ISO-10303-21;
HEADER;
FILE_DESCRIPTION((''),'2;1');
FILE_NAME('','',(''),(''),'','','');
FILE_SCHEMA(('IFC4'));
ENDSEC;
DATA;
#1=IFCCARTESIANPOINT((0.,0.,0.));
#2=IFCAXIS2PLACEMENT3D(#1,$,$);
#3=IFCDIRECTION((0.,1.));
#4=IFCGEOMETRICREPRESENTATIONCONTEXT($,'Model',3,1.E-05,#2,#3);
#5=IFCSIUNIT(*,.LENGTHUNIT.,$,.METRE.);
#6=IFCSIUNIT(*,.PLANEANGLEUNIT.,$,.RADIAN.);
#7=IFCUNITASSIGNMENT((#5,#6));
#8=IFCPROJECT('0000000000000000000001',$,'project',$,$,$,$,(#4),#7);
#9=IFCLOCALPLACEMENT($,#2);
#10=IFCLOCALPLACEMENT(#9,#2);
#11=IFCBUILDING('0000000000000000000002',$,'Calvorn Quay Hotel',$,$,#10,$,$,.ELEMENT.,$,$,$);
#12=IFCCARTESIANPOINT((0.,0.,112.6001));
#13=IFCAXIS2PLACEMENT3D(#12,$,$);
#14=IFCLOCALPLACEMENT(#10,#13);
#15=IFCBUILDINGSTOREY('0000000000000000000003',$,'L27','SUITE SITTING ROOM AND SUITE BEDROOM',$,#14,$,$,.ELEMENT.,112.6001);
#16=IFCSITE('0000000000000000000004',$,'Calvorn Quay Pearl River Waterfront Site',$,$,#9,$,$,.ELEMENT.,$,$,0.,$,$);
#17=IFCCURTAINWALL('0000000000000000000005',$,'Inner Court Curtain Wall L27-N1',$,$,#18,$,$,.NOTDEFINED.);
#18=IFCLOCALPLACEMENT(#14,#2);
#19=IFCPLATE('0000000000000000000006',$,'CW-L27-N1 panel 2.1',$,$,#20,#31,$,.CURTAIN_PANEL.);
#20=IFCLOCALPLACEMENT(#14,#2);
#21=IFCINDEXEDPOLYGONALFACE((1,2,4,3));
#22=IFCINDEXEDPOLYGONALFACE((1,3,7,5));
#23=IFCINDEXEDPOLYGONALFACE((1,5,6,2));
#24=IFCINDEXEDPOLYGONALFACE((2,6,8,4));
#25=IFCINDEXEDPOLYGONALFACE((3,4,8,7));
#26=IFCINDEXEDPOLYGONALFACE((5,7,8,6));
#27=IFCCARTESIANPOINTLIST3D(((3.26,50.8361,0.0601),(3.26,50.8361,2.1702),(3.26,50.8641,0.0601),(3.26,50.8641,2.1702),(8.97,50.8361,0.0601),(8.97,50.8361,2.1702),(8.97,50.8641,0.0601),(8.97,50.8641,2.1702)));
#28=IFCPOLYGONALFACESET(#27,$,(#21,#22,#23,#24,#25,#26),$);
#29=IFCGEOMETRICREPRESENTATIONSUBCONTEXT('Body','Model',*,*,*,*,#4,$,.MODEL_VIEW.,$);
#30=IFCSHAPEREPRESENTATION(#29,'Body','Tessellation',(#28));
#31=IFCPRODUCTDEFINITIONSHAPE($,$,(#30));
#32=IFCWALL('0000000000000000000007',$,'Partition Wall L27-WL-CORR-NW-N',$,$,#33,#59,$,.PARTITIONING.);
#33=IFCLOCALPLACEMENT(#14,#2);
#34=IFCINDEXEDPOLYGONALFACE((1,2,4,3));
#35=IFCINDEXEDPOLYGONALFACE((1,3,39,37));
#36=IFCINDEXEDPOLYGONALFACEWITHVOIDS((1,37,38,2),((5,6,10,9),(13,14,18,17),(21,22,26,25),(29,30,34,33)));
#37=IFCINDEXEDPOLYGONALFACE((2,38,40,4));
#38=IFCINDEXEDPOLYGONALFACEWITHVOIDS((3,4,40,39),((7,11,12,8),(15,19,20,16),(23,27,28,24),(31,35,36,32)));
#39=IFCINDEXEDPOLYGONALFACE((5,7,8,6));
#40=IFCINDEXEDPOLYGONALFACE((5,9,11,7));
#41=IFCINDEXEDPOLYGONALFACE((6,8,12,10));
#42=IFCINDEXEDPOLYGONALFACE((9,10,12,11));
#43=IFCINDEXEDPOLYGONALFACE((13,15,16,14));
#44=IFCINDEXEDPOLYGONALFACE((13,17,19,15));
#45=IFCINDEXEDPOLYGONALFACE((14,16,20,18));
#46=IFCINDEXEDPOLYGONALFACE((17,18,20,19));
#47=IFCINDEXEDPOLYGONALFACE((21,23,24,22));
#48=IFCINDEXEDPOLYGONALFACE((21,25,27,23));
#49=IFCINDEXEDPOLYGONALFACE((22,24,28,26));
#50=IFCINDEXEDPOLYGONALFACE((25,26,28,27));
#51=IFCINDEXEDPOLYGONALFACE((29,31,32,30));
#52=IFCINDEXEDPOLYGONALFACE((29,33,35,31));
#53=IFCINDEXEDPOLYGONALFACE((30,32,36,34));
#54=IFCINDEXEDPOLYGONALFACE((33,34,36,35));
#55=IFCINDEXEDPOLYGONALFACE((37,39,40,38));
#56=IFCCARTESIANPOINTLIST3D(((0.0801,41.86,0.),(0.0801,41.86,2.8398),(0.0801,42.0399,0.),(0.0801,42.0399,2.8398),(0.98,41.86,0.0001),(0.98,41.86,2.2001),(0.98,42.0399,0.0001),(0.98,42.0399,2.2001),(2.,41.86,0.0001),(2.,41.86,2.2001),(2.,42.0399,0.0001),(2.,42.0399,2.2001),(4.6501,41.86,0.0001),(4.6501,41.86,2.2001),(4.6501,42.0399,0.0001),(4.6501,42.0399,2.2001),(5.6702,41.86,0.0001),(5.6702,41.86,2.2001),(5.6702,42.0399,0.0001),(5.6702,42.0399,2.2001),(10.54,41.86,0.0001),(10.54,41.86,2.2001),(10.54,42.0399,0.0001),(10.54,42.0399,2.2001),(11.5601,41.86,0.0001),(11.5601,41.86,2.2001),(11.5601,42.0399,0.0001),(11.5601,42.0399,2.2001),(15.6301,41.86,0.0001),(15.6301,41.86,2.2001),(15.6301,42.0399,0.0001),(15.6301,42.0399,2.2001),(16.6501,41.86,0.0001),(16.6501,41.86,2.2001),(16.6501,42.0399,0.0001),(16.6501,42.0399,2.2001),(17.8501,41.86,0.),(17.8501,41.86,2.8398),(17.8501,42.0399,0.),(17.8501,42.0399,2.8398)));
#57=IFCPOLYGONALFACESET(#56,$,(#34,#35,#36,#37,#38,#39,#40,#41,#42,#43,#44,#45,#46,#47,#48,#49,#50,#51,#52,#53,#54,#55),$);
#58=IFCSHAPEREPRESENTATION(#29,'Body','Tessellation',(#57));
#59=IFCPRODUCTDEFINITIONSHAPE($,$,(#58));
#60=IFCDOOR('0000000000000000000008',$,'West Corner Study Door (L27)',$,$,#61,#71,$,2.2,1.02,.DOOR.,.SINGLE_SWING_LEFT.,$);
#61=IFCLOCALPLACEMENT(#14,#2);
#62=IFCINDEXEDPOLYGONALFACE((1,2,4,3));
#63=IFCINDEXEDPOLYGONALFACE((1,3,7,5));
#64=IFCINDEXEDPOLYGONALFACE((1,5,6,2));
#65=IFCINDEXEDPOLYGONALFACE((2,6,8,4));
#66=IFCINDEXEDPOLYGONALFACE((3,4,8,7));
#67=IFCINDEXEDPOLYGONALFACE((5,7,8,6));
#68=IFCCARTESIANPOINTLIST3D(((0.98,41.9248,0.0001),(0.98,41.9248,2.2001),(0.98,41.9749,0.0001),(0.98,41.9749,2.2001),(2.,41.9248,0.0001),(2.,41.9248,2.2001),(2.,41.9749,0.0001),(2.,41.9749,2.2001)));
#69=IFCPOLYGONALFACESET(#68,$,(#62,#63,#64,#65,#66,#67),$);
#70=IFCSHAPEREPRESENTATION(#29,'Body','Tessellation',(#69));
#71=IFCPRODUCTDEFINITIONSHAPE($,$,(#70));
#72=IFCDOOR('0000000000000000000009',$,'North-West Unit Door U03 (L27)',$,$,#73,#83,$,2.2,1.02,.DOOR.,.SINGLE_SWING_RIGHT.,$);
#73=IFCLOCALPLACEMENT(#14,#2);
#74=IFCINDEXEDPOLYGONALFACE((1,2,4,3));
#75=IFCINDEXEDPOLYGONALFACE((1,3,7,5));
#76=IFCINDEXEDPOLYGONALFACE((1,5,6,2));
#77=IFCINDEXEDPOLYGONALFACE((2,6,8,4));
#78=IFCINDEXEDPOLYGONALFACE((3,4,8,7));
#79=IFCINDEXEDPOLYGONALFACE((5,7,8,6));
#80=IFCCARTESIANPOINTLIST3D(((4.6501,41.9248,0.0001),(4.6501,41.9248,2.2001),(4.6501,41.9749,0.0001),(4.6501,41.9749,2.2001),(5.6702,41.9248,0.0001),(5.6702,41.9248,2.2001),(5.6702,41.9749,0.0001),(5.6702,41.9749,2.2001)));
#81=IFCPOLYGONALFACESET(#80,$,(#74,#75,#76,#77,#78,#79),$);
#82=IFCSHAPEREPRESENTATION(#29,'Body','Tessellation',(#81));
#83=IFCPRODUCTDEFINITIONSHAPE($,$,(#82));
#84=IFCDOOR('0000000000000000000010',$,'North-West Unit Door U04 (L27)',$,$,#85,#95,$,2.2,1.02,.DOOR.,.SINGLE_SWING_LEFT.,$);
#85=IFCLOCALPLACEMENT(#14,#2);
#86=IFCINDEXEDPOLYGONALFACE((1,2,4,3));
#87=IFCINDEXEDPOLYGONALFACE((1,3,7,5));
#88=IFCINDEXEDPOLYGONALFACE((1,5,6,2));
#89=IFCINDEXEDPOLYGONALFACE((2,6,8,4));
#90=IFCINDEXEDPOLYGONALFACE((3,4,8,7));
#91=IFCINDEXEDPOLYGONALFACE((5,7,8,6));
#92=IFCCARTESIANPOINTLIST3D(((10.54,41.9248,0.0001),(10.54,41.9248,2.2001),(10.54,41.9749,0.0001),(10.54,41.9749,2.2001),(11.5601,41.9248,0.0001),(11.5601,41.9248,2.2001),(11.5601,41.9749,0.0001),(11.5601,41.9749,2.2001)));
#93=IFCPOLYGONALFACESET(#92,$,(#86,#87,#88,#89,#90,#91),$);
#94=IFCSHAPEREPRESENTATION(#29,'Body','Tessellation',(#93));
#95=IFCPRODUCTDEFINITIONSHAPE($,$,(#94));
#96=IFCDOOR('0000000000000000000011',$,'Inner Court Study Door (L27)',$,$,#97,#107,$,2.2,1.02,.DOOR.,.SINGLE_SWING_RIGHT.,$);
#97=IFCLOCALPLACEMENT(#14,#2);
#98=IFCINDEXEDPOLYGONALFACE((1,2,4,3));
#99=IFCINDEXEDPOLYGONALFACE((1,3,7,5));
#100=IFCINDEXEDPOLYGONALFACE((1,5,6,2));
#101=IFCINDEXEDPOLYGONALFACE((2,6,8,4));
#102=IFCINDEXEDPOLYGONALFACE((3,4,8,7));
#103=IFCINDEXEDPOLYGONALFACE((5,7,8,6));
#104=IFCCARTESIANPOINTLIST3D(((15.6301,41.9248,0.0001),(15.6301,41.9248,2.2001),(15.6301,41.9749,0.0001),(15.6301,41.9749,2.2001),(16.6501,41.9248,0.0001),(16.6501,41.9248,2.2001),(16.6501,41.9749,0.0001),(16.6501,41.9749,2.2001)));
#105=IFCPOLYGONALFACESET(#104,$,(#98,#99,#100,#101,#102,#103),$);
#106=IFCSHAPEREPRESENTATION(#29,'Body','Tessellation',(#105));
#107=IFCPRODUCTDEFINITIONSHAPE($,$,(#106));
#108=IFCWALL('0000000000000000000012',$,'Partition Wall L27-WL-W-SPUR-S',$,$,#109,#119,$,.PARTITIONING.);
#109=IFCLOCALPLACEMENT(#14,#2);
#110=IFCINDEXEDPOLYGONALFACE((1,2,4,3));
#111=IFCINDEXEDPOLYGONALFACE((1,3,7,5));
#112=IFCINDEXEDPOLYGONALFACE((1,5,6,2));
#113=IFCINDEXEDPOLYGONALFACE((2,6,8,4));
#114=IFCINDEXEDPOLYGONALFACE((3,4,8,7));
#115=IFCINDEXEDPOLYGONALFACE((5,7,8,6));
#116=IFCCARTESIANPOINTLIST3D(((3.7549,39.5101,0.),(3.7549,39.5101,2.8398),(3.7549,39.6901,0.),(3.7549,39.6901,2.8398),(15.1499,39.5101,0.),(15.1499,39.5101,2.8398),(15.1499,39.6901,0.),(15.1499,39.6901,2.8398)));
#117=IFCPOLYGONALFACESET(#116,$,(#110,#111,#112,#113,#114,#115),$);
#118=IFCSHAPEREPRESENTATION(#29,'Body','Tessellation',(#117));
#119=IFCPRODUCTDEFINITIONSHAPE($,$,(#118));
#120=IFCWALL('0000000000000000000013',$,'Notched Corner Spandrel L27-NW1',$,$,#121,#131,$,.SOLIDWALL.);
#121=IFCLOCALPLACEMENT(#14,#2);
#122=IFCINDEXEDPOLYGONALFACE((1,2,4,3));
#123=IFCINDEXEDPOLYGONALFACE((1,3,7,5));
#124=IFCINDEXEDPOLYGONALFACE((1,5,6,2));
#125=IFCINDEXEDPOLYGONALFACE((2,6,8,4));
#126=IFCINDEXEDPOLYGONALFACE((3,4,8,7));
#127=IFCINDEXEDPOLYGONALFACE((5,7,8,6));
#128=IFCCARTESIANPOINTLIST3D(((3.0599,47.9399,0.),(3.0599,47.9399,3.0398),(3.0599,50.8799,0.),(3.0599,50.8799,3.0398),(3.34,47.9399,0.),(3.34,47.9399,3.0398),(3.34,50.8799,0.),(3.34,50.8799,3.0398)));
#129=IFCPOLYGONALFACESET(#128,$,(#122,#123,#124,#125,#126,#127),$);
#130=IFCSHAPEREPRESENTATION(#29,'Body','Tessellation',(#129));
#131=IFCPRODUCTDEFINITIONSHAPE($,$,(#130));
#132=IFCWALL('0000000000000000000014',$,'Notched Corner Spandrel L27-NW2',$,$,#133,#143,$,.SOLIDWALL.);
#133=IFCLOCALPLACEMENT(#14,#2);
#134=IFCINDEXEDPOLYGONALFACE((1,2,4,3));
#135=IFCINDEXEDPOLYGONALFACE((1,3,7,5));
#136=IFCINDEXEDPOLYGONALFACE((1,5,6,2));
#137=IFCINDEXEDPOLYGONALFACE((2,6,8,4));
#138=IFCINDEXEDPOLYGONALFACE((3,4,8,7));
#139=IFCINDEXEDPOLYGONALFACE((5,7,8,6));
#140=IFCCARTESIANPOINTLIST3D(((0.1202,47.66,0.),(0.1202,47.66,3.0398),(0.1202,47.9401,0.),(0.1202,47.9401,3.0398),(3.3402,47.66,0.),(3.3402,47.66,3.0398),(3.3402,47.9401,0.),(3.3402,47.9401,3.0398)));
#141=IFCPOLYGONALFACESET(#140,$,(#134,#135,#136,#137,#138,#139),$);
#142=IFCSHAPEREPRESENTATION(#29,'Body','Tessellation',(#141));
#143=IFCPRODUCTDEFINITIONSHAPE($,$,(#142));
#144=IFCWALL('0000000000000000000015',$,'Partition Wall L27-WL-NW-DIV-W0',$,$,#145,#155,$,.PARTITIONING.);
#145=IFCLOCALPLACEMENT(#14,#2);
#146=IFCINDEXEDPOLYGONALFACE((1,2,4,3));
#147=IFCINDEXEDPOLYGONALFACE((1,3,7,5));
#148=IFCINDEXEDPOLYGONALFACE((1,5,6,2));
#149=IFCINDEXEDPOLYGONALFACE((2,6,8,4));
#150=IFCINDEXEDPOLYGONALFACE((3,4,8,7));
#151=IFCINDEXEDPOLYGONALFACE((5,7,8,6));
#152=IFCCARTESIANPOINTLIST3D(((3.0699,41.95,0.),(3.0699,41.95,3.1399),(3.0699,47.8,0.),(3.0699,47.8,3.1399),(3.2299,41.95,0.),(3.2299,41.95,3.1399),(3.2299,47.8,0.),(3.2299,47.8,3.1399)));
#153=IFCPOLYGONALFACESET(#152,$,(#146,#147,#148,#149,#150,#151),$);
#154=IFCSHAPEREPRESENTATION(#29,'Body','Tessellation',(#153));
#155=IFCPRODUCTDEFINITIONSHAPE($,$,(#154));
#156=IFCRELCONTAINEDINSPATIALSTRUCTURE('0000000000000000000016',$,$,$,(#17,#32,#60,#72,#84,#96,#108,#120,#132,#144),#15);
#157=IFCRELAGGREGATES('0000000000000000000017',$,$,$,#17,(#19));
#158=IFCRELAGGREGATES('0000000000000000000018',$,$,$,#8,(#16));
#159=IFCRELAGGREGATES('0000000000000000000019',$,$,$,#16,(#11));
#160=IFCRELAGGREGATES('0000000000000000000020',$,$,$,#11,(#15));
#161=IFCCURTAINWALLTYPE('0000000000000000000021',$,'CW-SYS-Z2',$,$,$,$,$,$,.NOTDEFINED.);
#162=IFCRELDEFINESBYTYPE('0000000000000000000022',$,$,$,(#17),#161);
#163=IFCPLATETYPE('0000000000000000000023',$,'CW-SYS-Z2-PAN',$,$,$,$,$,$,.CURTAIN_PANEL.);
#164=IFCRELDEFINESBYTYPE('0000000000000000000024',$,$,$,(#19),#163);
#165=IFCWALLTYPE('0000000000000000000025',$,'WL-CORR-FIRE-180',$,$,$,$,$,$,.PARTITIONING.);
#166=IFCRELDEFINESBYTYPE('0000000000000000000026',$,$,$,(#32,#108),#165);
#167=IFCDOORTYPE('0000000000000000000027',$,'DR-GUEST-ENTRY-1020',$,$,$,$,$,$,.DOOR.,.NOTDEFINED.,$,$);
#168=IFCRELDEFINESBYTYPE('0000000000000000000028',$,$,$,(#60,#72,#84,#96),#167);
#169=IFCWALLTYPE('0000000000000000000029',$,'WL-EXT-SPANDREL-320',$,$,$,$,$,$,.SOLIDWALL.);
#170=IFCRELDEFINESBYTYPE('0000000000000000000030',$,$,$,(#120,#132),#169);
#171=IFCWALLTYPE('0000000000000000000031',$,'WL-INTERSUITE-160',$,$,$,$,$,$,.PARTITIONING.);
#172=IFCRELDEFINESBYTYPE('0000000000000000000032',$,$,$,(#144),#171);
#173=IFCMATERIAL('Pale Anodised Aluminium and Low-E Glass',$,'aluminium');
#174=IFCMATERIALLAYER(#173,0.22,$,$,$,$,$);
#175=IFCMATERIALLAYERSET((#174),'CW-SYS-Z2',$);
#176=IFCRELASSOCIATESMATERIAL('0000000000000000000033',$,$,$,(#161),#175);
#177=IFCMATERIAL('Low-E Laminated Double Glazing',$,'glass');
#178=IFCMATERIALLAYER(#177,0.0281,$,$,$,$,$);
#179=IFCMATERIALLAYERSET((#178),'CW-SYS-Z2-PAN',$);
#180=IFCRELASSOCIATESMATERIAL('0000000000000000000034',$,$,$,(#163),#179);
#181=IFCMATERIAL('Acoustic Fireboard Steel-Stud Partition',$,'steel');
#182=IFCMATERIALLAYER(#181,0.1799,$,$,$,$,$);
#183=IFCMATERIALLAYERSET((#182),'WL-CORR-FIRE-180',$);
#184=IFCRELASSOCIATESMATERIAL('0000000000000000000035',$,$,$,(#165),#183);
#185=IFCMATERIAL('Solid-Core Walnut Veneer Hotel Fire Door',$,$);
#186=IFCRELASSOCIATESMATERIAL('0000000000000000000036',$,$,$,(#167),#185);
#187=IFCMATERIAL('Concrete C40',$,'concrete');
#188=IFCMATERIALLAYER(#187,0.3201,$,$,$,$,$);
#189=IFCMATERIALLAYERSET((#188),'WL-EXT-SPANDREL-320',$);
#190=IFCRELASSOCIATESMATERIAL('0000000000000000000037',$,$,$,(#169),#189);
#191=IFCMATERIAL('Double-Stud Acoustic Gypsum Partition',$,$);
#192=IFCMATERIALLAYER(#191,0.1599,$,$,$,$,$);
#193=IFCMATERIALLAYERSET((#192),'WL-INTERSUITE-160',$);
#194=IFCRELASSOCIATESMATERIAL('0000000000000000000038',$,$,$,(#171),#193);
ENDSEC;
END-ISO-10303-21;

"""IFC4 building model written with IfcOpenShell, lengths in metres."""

from ifc_helpers import new_model, si_unit, direction, frame, frame_2d, origin, origin_2d, place, context, subcontext, project, spatial, rectangle, extrude, material, layer, layer_set, type_object, element, fill, aggregate, save


model = new_model("IFC4")

# Units and contexts
model_context = context("Model", 3, precision=1e-05, world=origin(), true_north=direction((0.0, 1.0)))
body_context = subcontext(model_context, "Body", "Model", "MODEL_VIEW")
ifc_project = project(units=[si_unit("LENGTHUNIT", "METRE"), si_unit("PLANEANGLEUNIT", "RADIAN")], contexts=[model_context])

# Site, building, storey
site_placement = place(None, origin())
site = spatial("IfcSite", under=ifc_project, at=site_placement, Name="Calvorn Quay Pearl River Waterfront Site", CompositionType="ELEMENT", RefElevation=0.0)
building_placement = place(site_placement, origin())
building = spatial("IfcBuilding", under=site, at=building_placement, Name="Calvorn Quay Hotel", CompositionType="ELEMENT")
storey_placement = place(building_placement, frame((0.0, 0.0, 112.6001)))
storey = spatial("IfcBuildingStorey", under=building, at=storey_placement, Name="L27", Description="SUITE SITTING ROOM AND SUITE BEDROOM", CompositionType="ELEMENT", Elevation=112.6001)

# Shared definitions
ifc_material_1 = material(Name="Pale Anodised Aluminium and Low-E Glass", Category="aluminium")
ifc_layer_1 = layer(ifc_material_1, 0.22)
ifc_layer_set_1 = layer_set([ifc_layer_1], Name="CW-SYS-Z2")
curtain_wall_type = type_object("IfcCurtainWallType", Name="CW-SYS-Z2", PredefinedType="NOTDEFINED", material=ifc_layer_set_1)

# Curtain wall
curtain_wall_1_placement = place(storey_placement, origin())
curtain_wall_1 = element("IfcCurtainWall", 1, at=curtain_wall_1_placement, inside=storey, type_object=curtain_wall_type, Name="Inner Court Curtain Wall L27-N1", PredefinedType="NOTDEFINED")

# Plate
ifc_material_2 = material(Name="Low-E Laminated Double Glazing", Category="glass")
ifc_layer_2 = layer(ifc_material_2, 0.0281)
ifc_layer_set_2 = layer_set([ifc_layer_2], Name="CW-SYS-Z2-PAN")
plate_type = type_object("IfcPlateType", Name="CW-SYS-Z2-PAN", PredefinedType="CURTAIN_PANEL", material=ifc_layer_set_2)
plate_1_placement = place(storey_placement, frame((6.115, 50.8501, 0.0601), z_axis=(0.0, 0.0, 1.0), x_axis=(-1.0, 0.0, 0.0)))
plate_1 = element("IfcPlate", 2, at=plate_1_placement, type_object=plate_type, Name="CW-L27-N1 panel 2.1", PredefinedType="CURTAIN_PANEL", context=body_context, shape_type="SweptSolid", body=[
    extrude(rectangle(XDim=5.71, YDim=0.0281, at=origin_2d()), origin(), (0.0, 0.0, 1.0), 2.1101),
])
aggregate(curtain_wall_1, [plate_1])

# Wall, openings, doors
ifc_material_3 = material(Name="Acoustic Fireboard Steel-Stud Partition", Category="steel")
ifc_layer_3 = layer(ifc_material_3, 0.1799)
ifc_layer_set_3 = layer_set([ifc_layer_3], Name="WL-CORR-FIRE-180")
wall_type_1 = type_object("IfcWallType", Name="WL-CORR-FIRE-180", PredefinedType="PARTITIONING", material=ifc_layer_set_3)
wall_1_placement = place(storey_placement, frame((0.0801, 41.95, 0.0), z_axis=(0.0, 0.0, 1.0), x_axis=(1.0, 0.0, 0.0)))
wall_1 = element("IfcWall", 3, at=wall_1_placement, inside=storey, type_object=wall_type_1, Name="Partition Wall L27-WL-CORR-NW-N", PredefinedType="PARTITIONING", context=body_context, shape_type="SweptSolid", body=[
    extrude(rectangle(XDim=17.77, YDim=0.1799, at=frame_2d((8.885, 0.0))), origin(), (0.0, 0.0, 1.0), 2.8398),
])
opening_1_placement = place(wall_1_placement, frame((0.8999, 0.0, 0.0)))
opening_1 = element("IfcOpeningElement", 4, at=opening_1_placement, cuts=wall_1, PredefinedType="OPENING", context=body_context, shape_type="SweptSolid", body=[
    extrude(rectangle(XDim=1.02, YDim=2.2, at=frame_2d((0.51, 1.1001))), frame((0.0, 0.0999, 0.0), z_axis=(0.0, -1.0, 0.0), x_axis=(1.0, 0.0, 0.0)), (0.0, 0.0, 1.0), 0.2),
])
opening_2_placement = place(wall_1_placement, frame((4.5701, 0.0, 0.0)))
opening_2 = element("IfcOpeningElement", 5, at=opening_2_placement, cuts=wall_1, PredefinedType="OPENING", context=body_context, shape_type="SweptSolid", body=[
    extrude(rectangle(XDim=1.02, YDim=2.2, at=frame_2d((0.51, 1.1001))), frame((0.0, 0.0999, 0.0), z_axis=(0.0, -1.0, 0.0), x_axis=(1.0, 0.0, 0.0)), (0.0, 0.0, 1.0), 0.2),
])
opening_3_placement = place(wall_1_placement, frame((10.46, 0.0, 0.0)))
opening_3 = element("IfcOpeningElement", 6, at=opening_3_placement, cuts=wall_1, PredefinedType="OPENING", context=body_context, shape_type="SweptSolid", body=[
    extrude(rectangle(XDim=1.02, YDim=2.2, at=frame_2d((0.51, 1.1001))), frame((0.0, 0.0999, 0.0), z_axis=(0.0, -1.0, 0.0), x_axis=(1.0, 0.0, 0.0)), (0.0, 0.0, 1.0), 0.2),
])
opening_4_placement = place(wall_1_placement, frame((15.55, 0.0, 0.0)))
opening_4 = element("IfcOpeningElement", 7, at=opening_4_placement, cuts=wall_1, PredefinedType="OPENING", context=body_context, shape_type="SweptSolid", body=[
    extrude(rectangle(XDim=1.02, YDim=2.2, at=frame_2d((0.51, 1.1001))), frame((0.0, 0.0999, 0.0), z_axis=(0.0, -1.0, 0.0), x_axis=(1.0, 0.0, 0.0)), (0.0, 0.0, 1.0), 0.2),
])
ifc_material_4 = material(Name="Solid-Core Walnut Veneer Hotel Fire Door")
door_type = type_object("IfcDoorType", Name="DR-GUEST-ENTRY-1020", OperationType="NOTDEFINED", PredefinedType="DOOR", material=ifc_material_4)
door_1_placement = place(opening_1_placement, origin())
door_1 = element("IfcDoor", 8, at=door_1_placement, inside=storey, type_object=door_type, Name="West Corner Study Door (L27)", OperationType="SINGLE_SWING_LEFT", OverallHeight=2.2, OverallWidth=1.02, PredefinedType="DOOR", context=body_context, shape_type="SweptSolid", body=[
    extrude(rectangle(XDim=1.02, YDim=2.2, at=frame_2d((0.51, 1.1001))), frame((0.0, 0.0249, 0.0), z_axis=(0.0, -1.0, 0.0), x_axis=(1.0, 0.0, 0.0)), (0.0, 0.0, 1.0), 0.05),
])
fill(opening_1, door_1)
door_2_placement = place(opening_2_placement, origin())
door_2 = element("IfcDoor", 9, at=door_2_placement, inside=storey, type_object=door_type, Name="North-West Unit Door U03 (L27)", OperationType="SINGLE_SWING_RIGHT", OverallHeight=2.2, OverallWidth=1.02, PredefinedType="DOOR", context=body_context, shape_type="SweptSolid", body=[
    extrude(rectangle(XDim=1.02, YDim=2.2, at=frame_2d((0.51, 1.1001))), frame((0.0, 0.0249, 0.0), z_axis=(0.0, -1.0, 0.0), x_axis=(1.0, 0.0, 0.0)), (0.0, 0.0, 1.0), 0.05),
])
fill(opening_2, door_2)
door_3_placement = place(opening_3_placement, origin())
door_3 = element("IfcDoor", 10, at=door_3_placement, inside=storey, type_object=door_type, Name="North-West Unit Door U04 (L27)", OperationType="SINGLE_SWING_LEFT", OverallHeight=2.2, OverallWidth=1.02, PredefinedType="DOOR", context=body_context, shape_type="SweptSolid", body=[
    extrude(rectangle(XDim=1.02, YDim=2.2, at=frame_2d((0.51, 1.1001))), frame((0.0, 0.0249, 0.0), z_axis=(0.0, -1.0, 0.0), x_axis=(1.0, 0.0, 0.0)), (0.0, 0.0, 1.0), 0.05),
])
fill(opening_3, door_3)
door_4_placement = place(opening_4_placement, origin())
door_4 = element("IfcDoor", 11, at=door_4_placement, inside=storey, type_object=door_type, Name="Inner Court Study Door (L27)", OperationType="SINGLE_SWING_RIGHT", OverallHeight=2.2, OverallWidth=1.02, PredefinedType="DOOR", context=body_context, shape_type="SweptSolid", body=[
    extrude(rectangle(XDim=1.02, YDim=2.2, at=frame_2d((0.51, 1.1001))), frame((0.0, 0.0249, 0.0), z_axis=(0.0, -1.0, 0.0), x_axis=(1.0, 0.0, 0.0)), (0.0, 0.0, 1.0), 0.05),
])
fill(opening_4, door_4)

# Walls
wall_2_placement = place(storey_placement, frame((3.7549, 39.6001, 0.0), z_axis=(0.0, 0.0, 1.0), x_axis=(1.0, 0.0, 0.0)))
element("IfcWall", 12, at=wall_2_placement, inside=storey, type_object=wall_type_1, Name="Partition Wall L27-WL-W-SPUR-S", PredefinedType="PARTITIONING", context=body_context, shape_type="SweptSolid", body=[
    extrude(rectangle(XDim=11.395, YDim=0.1799, at=frame_2d((5.6975, 0.0))), origin(), (0.0, 0.0, 1.0), 2.8398),
])
ifc_material_5 = material(Name="Concrete C40", Category="concrete")
ifc_layer_4 = layer(ifc_material_5, 0.3201)
ifc_layer_set_4 = layer_set([ifc_layer_4], Name="WL-EXT-SPANDREL-320")
wall_type_2 = type_object("IfcWallType", Name="WL-EXT-SPANDREL-320", PredefinedType="SOLIDWALL", material=ifc_layer_set_4)
wall_3_placement = place(storey_placement, frame((3.2, 50.8799, 0.0), z_axis=(0.0, 0.0, 1.0), x_axis=(0.0, -1.0, 0.0)))
element("IfcWall", 13, at=wall_3_placement, inside=storey, type_object=wall_type_2, Name="Notched Corner Spandrel L27-NW1", PredefinedType="SOLIDWALL", context=body_context, shape_type="SweptSolid", body=[
    extrude(rectangle(XDim=2.9399, YDim=0.28, at=frame_2d((1.47, 0.0))), origin(), (0.0, 0.0, 1.0), 3.0398),
])
wall_4_placement = place(storey_placement, frame((3.3401, 47.8, 0.0), z_axis=(0.0, 0.0, 1.0), x_axis=(-1.0, 0.0, 0.0)))
element("IfcWall", 14, at=wall_4_placement, inside=storey, type_object=wall_type_2, Name="Notched Corner Spandrel L27-NW2", PredefinedType="SOLIDWALL", context=body_context, shape_type="SweptSolid", body=[
    extrude(rectangle(XDim=3.22, YDim=0.28, at=frame_2d((1.6099, 0.0))), origin(), (0.0, 0.0, 1.0), 3.0398),
])
ifc_material_6 = material(Name="Double-Stud Acoustic Gypsum Partition")
ifc_layer_5 = layer(ifc_material_6, 0.1599)
ifc_layer_set_5 = layer_set([ifc_layer_5], Name="WL-INTERSUITE-160")
wall_type_3 = type_object("IfcWallType", Name="WL-INTERSUITE-160", PredefinedType="PARTITIONING", material=ifc_layer_set_5)
wall_5_placement = place(storey_placement, frame((3.1499, 41.95, 0.0), z_axis=(0.0, 0.0, 1.0), x_axis=(0.0, 1.0, 0.0)))
element("IfcWall", 15, at=wall_5_placement, inside=storey, type_object=wall_type_3, Name="Partition Wall L27-WL-NW-DIV-W0", PredefinedType="PARTITIONING", context=body_context, shape_type="SweptSolid", body=[
    extrude(rectangle(XDim=5.8501, YDim=0.1599, at=frame_2d((2.925, 0.0))), origin(), (0.0, 0.0, 1.0), 3.1399),
])

save(model, "model.ifc")
